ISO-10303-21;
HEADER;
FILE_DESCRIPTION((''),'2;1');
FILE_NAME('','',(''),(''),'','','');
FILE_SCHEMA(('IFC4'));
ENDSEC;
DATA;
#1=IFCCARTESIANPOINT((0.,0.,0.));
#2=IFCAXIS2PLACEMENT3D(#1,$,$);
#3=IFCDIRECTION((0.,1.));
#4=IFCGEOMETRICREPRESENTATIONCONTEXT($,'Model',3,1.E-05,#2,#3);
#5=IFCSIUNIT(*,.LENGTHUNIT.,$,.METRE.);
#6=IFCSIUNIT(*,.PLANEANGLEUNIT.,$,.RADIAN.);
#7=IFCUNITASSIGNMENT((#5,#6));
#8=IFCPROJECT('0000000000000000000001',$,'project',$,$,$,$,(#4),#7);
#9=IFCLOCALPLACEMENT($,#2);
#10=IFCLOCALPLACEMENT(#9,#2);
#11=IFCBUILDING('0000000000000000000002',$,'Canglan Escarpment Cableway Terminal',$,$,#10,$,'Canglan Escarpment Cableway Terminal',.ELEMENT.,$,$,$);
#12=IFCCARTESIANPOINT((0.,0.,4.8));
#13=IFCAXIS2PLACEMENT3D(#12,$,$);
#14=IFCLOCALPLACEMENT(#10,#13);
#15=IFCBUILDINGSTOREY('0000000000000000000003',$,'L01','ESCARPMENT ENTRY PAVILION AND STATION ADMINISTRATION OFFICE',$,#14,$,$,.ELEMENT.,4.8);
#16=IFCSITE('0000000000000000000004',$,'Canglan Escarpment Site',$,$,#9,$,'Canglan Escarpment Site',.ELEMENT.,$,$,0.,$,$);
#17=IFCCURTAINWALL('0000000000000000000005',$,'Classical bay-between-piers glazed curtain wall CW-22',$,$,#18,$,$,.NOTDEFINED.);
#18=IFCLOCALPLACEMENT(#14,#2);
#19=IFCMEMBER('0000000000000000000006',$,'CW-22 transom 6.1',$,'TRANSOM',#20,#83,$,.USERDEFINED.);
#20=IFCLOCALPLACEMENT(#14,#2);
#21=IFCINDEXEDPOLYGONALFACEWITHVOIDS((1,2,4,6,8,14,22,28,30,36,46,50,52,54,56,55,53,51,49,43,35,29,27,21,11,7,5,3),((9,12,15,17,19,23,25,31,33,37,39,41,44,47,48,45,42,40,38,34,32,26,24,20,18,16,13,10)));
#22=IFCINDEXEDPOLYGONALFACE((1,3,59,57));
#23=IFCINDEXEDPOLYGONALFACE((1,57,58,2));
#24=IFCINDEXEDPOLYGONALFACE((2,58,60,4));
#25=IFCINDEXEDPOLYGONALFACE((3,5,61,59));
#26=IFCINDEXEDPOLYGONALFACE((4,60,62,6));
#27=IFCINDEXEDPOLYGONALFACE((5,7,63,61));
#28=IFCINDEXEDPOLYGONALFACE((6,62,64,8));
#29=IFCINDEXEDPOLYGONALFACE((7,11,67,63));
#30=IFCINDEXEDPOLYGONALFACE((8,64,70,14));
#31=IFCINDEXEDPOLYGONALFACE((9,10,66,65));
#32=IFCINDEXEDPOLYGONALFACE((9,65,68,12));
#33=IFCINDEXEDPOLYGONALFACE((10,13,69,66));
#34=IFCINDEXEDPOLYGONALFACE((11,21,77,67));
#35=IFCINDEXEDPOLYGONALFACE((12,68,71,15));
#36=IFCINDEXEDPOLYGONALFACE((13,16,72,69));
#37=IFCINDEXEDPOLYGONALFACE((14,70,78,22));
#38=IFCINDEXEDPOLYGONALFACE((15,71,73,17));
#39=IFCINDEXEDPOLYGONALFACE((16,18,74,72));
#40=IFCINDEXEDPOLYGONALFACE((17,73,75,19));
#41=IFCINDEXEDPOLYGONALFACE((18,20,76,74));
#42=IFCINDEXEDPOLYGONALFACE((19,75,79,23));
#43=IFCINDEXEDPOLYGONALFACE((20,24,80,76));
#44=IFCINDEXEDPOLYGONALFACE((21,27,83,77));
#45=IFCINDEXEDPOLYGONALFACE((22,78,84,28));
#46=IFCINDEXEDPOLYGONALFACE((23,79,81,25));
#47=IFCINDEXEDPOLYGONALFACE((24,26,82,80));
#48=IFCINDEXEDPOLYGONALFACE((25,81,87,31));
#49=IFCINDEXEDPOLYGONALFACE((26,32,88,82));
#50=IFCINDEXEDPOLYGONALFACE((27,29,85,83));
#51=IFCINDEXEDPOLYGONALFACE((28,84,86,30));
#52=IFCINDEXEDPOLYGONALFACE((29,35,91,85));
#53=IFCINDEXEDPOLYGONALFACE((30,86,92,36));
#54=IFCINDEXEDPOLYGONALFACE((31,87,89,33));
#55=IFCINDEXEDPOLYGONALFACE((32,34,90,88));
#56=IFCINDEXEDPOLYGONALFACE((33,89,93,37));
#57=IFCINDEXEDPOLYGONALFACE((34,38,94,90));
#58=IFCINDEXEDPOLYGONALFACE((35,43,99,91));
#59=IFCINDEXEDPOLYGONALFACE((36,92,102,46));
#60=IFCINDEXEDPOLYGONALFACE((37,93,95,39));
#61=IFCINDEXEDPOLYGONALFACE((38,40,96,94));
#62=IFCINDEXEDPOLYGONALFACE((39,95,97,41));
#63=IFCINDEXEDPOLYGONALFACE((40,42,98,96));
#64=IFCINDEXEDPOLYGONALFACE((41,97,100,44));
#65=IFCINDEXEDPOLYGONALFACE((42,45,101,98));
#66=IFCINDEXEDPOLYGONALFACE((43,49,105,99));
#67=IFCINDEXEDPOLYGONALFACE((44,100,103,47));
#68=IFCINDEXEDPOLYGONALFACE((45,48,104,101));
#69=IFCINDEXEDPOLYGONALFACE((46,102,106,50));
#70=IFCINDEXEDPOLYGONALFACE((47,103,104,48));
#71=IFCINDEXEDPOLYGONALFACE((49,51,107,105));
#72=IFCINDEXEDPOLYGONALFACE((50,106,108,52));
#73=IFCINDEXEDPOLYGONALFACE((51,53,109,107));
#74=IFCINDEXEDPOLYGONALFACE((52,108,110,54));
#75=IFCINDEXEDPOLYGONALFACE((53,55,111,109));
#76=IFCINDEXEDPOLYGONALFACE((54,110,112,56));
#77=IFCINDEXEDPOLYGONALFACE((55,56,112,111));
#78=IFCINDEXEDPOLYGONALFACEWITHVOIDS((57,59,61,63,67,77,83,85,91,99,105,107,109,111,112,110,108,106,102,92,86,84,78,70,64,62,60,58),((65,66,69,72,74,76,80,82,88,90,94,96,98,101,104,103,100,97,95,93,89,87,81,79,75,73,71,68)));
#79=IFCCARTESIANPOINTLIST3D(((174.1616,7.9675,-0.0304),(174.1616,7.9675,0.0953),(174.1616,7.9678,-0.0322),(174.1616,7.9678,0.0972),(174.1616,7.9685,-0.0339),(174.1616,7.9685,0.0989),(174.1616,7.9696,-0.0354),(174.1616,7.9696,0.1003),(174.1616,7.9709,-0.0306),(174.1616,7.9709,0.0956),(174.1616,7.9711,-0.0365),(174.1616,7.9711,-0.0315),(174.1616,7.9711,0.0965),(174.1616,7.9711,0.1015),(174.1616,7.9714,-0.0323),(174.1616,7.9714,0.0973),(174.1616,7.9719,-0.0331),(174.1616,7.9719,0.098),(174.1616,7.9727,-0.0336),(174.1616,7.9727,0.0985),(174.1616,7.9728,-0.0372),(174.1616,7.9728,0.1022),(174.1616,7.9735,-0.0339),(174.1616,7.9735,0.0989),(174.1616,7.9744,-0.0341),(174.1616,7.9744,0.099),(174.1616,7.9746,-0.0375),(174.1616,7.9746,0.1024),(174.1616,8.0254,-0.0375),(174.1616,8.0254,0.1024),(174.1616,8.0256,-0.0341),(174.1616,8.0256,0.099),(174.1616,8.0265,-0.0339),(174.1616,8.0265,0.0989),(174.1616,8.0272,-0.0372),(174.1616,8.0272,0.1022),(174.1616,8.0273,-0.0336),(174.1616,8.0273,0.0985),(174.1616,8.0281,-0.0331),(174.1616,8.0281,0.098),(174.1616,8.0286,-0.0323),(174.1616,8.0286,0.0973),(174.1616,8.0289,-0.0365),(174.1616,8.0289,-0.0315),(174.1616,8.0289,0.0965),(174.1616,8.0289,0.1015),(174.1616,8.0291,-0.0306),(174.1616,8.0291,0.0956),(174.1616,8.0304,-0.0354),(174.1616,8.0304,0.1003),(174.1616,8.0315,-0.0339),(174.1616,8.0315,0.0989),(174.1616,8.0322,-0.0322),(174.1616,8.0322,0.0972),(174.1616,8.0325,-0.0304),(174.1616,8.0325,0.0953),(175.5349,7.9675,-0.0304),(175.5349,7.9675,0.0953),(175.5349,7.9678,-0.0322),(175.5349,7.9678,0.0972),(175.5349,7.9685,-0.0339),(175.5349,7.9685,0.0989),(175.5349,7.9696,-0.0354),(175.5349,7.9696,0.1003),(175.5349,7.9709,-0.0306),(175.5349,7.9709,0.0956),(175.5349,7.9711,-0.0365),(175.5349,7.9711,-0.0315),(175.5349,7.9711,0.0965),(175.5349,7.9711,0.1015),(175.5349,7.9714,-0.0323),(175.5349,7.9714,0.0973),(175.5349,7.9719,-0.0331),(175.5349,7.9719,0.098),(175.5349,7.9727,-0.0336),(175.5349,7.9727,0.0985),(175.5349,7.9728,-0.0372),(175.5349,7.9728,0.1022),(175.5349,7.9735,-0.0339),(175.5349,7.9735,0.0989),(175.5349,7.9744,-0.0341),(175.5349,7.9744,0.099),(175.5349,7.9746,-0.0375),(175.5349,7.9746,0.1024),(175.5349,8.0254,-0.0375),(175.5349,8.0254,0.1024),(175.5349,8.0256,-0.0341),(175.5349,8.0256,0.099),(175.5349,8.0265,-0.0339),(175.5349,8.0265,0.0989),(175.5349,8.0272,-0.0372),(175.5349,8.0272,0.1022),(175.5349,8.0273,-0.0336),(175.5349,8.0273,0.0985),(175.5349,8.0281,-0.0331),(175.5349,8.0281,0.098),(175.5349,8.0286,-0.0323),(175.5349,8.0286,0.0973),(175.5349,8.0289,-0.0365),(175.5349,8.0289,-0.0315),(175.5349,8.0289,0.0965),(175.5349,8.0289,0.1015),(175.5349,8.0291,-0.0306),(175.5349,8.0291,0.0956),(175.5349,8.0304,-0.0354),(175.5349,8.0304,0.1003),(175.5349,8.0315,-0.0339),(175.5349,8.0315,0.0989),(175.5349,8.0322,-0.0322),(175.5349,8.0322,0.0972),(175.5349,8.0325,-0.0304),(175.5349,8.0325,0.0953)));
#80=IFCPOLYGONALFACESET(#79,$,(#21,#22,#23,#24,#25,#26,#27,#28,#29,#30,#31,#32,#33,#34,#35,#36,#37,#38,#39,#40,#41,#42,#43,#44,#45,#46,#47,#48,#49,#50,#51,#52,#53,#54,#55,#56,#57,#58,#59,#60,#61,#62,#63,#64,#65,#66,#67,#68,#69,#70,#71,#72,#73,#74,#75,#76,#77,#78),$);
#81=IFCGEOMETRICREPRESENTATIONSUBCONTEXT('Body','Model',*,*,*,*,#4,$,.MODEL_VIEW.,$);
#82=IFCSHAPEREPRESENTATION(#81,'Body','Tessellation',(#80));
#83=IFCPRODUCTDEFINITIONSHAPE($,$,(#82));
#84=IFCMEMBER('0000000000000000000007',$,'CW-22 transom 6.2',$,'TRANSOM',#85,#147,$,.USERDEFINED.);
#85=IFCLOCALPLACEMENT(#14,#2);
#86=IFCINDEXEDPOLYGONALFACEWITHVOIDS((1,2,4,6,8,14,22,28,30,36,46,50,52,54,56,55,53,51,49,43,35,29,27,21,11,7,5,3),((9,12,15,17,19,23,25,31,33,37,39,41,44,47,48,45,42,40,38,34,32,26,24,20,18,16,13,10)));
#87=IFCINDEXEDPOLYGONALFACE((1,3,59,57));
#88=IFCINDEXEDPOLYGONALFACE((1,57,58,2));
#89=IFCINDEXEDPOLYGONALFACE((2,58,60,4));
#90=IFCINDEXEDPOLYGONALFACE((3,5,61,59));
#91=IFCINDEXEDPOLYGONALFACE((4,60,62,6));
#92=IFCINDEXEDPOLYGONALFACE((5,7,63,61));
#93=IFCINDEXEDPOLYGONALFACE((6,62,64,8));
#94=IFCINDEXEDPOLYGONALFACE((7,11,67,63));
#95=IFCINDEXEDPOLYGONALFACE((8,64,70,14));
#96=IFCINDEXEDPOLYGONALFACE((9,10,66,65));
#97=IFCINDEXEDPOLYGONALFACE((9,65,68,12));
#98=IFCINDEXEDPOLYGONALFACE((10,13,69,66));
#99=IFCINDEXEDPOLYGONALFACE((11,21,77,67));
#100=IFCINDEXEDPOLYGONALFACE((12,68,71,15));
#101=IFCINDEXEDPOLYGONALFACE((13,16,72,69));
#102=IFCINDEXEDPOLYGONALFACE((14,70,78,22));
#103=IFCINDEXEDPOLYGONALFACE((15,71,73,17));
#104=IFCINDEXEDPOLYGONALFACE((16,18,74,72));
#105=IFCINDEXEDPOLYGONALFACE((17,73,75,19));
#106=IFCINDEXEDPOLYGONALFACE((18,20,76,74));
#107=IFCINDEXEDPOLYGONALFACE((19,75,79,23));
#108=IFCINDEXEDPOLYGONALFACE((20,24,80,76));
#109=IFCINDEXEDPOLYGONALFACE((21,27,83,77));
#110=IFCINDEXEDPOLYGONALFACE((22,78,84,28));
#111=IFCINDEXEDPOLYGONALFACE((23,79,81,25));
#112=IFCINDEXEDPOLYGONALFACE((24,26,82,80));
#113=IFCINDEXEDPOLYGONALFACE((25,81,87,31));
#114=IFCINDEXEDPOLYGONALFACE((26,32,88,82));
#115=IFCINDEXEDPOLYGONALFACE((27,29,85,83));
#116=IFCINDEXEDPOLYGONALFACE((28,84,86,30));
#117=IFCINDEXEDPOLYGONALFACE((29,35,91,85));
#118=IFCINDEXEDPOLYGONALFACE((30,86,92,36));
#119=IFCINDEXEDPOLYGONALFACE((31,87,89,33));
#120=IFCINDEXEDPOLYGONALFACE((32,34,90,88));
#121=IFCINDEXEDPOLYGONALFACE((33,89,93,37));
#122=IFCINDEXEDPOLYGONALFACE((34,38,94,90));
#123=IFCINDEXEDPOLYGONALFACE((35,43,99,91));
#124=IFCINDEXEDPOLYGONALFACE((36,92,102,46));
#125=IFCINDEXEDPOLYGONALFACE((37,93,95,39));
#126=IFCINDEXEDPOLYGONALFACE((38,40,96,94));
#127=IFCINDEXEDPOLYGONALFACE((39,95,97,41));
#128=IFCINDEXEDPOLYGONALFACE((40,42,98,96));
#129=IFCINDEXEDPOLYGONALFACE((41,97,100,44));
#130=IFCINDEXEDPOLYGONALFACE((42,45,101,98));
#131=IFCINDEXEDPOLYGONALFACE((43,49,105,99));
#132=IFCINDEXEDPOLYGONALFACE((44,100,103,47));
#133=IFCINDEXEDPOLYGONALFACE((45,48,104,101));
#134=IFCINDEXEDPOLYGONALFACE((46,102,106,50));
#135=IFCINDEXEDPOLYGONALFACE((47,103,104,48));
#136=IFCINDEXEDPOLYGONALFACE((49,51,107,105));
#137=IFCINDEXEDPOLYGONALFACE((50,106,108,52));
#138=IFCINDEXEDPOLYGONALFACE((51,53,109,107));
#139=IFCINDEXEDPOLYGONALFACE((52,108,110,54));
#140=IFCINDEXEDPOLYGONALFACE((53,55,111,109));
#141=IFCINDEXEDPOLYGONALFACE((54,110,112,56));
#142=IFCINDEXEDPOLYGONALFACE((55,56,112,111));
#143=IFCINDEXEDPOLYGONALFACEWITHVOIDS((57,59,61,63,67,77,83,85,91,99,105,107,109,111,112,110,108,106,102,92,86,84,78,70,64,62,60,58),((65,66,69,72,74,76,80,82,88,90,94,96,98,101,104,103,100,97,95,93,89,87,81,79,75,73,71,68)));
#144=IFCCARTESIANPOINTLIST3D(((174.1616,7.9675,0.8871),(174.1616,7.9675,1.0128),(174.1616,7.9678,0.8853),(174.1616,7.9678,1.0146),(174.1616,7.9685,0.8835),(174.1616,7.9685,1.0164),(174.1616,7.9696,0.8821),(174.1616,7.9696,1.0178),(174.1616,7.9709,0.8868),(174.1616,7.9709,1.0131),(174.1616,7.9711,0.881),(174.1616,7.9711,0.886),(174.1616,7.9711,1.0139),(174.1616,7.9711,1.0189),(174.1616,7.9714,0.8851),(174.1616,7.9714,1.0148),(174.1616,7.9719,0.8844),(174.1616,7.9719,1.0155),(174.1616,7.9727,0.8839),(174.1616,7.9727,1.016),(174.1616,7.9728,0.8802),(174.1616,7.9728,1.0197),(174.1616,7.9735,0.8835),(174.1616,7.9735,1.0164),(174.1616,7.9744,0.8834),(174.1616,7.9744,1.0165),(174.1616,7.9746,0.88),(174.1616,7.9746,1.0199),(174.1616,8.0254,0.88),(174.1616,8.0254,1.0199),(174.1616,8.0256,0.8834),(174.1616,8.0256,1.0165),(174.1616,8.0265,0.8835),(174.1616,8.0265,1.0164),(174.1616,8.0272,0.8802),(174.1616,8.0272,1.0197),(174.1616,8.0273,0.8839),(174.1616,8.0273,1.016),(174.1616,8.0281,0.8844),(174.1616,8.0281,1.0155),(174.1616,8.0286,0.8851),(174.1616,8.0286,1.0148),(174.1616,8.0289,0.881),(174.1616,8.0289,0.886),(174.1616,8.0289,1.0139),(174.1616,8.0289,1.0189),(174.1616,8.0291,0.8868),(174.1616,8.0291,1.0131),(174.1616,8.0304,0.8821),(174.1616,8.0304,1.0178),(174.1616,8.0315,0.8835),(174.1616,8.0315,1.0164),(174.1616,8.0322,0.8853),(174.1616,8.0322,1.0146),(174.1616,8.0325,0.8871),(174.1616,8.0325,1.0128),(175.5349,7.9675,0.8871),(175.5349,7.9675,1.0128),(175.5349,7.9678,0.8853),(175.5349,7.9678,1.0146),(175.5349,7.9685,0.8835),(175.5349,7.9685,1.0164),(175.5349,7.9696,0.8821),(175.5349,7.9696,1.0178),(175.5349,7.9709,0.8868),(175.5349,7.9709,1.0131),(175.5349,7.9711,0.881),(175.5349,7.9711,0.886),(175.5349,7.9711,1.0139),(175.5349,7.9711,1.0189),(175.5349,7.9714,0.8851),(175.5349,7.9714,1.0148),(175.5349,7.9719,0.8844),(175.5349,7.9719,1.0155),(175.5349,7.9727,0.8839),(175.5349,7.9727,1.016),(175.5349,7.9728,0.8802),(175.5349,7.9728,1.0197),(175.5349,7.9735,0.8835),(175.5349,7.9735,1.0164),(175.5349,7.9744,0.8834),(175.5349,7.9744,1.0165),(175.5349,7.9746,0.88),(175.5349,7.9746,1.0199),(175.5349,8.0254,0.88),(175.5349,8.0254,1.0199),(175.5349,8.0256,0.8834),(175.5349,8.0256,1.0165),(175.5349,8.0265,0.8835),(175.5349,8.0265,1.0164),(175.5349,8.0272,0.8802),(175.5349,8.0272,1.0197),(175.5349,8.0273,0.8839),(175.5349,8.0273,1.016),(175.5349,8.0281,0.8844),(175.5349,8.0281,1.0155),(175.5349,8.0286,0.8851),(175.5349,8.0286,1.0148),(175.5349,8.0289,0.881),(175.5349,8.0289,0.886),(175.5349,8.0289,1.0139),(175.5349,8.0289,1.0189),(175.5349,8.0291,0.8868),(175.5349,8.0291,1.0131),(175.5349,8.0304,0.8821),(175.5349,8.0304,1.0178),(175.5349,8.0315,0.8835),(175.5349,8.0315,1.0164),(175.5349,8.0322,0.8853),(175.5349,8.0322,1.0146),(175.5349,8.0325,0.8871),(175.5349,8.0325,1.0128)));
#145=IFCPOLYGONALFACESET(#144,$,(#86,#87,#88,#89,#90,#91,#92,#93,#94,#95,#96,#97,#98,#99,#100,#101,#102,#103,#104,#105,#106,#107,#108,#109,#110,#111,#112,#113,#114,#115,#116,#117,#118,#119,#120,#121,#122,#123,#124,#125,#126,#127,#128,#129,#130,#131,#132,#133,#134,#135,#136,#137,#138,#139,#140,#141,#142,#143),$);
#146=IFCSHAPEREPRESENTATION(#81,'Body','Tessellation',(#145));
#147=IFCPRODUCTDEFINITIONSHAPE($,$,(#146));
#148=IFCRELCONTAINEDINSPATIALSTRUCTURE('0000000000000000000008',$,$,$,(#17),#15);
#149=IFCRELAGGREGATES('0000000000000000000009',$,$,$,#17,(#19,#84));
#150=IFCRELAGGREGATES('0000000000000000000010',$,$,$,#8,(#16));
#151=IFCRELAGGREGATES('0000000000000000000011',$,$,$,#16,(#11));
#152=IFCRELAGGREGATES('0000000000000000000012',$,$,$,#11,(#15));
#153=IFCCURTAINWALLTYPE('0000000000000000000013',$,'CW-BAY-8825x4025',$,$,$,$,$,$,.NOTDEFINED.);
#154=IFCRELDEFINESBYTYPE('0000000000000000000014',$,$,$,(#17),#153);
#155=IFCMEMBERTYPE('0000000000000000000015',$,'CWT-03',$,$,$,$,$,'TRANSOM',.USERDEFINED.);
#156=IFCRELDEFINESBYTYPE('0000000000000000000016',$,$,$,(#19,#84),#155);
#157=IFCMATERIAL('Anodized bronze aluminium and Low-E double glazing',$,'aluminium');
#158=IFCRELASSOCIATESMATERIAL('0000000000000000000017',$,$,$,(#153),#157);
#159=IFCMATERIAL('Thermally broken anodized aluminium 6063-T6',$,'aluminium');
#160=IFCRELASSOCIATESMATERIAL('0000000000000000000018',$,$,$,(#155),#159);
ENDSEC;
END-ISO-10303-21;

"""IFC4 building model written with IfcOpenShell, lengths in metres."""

from ifc_helpers import new_model, si_unit, direction, frame, origin, origin_2d, place, context, subcontext, project, spatial, hollow_rectangle, extrude, material, material_profile, profile_set, type_object, element, aggregate, save


model = new_model("IFC4")

# Units and contexts
model_context = context("Model", 3, precision=1e-05, world=origin(), true_north=direction((0.0, 1.0)))
body_context = subcontext(model_context, "Body", "Model", "MODEL_VIEW")
ifc_project = project(units=[si_unit("LENGTHUNIT", "METRE"), si_unit("PLANEANGLEUNIT", "RADIAN")], contexts=[model_context])

# Site, building, storey
site_placement = place(None, origin())
site = spatial("IfcSite", under=ifc_project, at=site_placement, Name="Canglan Escarpment Site", LongName="Canglan Escarpment Site", CompositionType="ELEMENT", RefElevation=0.0)
building_placement = place(site_placement, origin())
building = spatial("IfcBuilding", under=site, at=building_placement, Name="Canglan Escarpment Cableway Terminal", LongName="Canglan Escarpment Cableway Terminal", CompositionType="ELEMENT")
storey_placement = place(building_placement, frame((0.0, 0.0, 4.8)))
storey = spatial("IfcBuildingStorey", under=building, at=storey_placement, Name="L01", Description="ESCARPMENT ENTRY PAVILION AND STATION ADMINISTRATION OFFICE", CompositionType="ELEMENT", Elevation=4.8)

# Curtain wall, members
ifc_material_1 = material(Name="Anodized bronze aluminium and Low-E double glazing", Category="aluminium")
curtain_wall_type = type_object("IfcCurtainWallType", Name="CW-BAY-8825x4025", PredefinedType="NOTDEFINED", material=ifc_material_1)
curtain_wall_placement = place(storey_placement, origin())
curtain_wall = element("IfcCurtainWall", 1, at=curtain_wall_placement, inside=storey, type_object=curtain_wall_type, Name="Classical bay-between-piers glazed curtain wall CW-22", PredefinedType="NOTDEFINED")
ifc_material_2 = material(Name="Thermally broken anodized aluminium 6063-T6", Category="aluminium")
ifc_material_profile_1 = material_profile(ifc_material_2, hollow_rectangle(XDim=0.0649, YDim=0.1399, WallThickness=0.0034, InnerFilletRadius=0.0034, OuterFilletRadius=0.0071, at=origin_2d()), Name="ALU-TRAN 65x140x3.5")
ifc_profile_set_1 = profile_set([ifc_material_profile_1], Name="Thermally broken anodized aluminium 6063-T6")
member_type_1 = type_object("IfcMemberType", Name="CWT-03", ElementType="TRANSOM", PredefinedType="USERDEFINED", material=ifc_profile_set_1)
member_1_placement = place(storey_placement, frame((174.1616, 8.0, 0.0325), z_axis=(1.0, 0.0, 0.0), x_axis=(0.0, 1.0, 0.0)))
member_1 = element("IfcMember", 2, at=member_1_placement, type_object=member_type_1, Name="CW-22 transom 6.1", ObjectType="TRANSOM", PredefinedType="USERDEFINED", context=body_context, shape_type="SweptSolid", body=[
    extrude(hollow_rectangle(XDim=0.0649, YDim=0.1399, WallThickness=0.0034, InnerFilletRadius=0.0034, OuterFilletRadius=0.0071, at=origin_2d()), origin(), (0.0, 0.0, 1.0), 1.3733),
])
member_2_placement = place(storey_placement, frame((174.1616, 8.0, 0.95), z_axis=(1.0, 0.0, 0.0), x_axis=(0.0, 1.0, 0.0)))
member_2 = element("IfcMember", 3, at=member_2_placement, type_object=member_type_1, Name="CW-22 transom 6.2", ObjectType="TRANSOM", PredefinedType="USERDEFINED", context=body_context, shape_type="SweptSolid", body=[
    extrude(hollow_rectangle(XDim=0.0649, YDim=0.1399, WallThickness=0.0034, InnerFilletRadius=0.0034, OuterFilletRadius=0.0071, at=origin_2d()), origin(), (0.0, 0.0, 1.0), 1.3733),
])
aggregate(curtain_wall, [member_1, member_2])

save(model, "model.ifc")
